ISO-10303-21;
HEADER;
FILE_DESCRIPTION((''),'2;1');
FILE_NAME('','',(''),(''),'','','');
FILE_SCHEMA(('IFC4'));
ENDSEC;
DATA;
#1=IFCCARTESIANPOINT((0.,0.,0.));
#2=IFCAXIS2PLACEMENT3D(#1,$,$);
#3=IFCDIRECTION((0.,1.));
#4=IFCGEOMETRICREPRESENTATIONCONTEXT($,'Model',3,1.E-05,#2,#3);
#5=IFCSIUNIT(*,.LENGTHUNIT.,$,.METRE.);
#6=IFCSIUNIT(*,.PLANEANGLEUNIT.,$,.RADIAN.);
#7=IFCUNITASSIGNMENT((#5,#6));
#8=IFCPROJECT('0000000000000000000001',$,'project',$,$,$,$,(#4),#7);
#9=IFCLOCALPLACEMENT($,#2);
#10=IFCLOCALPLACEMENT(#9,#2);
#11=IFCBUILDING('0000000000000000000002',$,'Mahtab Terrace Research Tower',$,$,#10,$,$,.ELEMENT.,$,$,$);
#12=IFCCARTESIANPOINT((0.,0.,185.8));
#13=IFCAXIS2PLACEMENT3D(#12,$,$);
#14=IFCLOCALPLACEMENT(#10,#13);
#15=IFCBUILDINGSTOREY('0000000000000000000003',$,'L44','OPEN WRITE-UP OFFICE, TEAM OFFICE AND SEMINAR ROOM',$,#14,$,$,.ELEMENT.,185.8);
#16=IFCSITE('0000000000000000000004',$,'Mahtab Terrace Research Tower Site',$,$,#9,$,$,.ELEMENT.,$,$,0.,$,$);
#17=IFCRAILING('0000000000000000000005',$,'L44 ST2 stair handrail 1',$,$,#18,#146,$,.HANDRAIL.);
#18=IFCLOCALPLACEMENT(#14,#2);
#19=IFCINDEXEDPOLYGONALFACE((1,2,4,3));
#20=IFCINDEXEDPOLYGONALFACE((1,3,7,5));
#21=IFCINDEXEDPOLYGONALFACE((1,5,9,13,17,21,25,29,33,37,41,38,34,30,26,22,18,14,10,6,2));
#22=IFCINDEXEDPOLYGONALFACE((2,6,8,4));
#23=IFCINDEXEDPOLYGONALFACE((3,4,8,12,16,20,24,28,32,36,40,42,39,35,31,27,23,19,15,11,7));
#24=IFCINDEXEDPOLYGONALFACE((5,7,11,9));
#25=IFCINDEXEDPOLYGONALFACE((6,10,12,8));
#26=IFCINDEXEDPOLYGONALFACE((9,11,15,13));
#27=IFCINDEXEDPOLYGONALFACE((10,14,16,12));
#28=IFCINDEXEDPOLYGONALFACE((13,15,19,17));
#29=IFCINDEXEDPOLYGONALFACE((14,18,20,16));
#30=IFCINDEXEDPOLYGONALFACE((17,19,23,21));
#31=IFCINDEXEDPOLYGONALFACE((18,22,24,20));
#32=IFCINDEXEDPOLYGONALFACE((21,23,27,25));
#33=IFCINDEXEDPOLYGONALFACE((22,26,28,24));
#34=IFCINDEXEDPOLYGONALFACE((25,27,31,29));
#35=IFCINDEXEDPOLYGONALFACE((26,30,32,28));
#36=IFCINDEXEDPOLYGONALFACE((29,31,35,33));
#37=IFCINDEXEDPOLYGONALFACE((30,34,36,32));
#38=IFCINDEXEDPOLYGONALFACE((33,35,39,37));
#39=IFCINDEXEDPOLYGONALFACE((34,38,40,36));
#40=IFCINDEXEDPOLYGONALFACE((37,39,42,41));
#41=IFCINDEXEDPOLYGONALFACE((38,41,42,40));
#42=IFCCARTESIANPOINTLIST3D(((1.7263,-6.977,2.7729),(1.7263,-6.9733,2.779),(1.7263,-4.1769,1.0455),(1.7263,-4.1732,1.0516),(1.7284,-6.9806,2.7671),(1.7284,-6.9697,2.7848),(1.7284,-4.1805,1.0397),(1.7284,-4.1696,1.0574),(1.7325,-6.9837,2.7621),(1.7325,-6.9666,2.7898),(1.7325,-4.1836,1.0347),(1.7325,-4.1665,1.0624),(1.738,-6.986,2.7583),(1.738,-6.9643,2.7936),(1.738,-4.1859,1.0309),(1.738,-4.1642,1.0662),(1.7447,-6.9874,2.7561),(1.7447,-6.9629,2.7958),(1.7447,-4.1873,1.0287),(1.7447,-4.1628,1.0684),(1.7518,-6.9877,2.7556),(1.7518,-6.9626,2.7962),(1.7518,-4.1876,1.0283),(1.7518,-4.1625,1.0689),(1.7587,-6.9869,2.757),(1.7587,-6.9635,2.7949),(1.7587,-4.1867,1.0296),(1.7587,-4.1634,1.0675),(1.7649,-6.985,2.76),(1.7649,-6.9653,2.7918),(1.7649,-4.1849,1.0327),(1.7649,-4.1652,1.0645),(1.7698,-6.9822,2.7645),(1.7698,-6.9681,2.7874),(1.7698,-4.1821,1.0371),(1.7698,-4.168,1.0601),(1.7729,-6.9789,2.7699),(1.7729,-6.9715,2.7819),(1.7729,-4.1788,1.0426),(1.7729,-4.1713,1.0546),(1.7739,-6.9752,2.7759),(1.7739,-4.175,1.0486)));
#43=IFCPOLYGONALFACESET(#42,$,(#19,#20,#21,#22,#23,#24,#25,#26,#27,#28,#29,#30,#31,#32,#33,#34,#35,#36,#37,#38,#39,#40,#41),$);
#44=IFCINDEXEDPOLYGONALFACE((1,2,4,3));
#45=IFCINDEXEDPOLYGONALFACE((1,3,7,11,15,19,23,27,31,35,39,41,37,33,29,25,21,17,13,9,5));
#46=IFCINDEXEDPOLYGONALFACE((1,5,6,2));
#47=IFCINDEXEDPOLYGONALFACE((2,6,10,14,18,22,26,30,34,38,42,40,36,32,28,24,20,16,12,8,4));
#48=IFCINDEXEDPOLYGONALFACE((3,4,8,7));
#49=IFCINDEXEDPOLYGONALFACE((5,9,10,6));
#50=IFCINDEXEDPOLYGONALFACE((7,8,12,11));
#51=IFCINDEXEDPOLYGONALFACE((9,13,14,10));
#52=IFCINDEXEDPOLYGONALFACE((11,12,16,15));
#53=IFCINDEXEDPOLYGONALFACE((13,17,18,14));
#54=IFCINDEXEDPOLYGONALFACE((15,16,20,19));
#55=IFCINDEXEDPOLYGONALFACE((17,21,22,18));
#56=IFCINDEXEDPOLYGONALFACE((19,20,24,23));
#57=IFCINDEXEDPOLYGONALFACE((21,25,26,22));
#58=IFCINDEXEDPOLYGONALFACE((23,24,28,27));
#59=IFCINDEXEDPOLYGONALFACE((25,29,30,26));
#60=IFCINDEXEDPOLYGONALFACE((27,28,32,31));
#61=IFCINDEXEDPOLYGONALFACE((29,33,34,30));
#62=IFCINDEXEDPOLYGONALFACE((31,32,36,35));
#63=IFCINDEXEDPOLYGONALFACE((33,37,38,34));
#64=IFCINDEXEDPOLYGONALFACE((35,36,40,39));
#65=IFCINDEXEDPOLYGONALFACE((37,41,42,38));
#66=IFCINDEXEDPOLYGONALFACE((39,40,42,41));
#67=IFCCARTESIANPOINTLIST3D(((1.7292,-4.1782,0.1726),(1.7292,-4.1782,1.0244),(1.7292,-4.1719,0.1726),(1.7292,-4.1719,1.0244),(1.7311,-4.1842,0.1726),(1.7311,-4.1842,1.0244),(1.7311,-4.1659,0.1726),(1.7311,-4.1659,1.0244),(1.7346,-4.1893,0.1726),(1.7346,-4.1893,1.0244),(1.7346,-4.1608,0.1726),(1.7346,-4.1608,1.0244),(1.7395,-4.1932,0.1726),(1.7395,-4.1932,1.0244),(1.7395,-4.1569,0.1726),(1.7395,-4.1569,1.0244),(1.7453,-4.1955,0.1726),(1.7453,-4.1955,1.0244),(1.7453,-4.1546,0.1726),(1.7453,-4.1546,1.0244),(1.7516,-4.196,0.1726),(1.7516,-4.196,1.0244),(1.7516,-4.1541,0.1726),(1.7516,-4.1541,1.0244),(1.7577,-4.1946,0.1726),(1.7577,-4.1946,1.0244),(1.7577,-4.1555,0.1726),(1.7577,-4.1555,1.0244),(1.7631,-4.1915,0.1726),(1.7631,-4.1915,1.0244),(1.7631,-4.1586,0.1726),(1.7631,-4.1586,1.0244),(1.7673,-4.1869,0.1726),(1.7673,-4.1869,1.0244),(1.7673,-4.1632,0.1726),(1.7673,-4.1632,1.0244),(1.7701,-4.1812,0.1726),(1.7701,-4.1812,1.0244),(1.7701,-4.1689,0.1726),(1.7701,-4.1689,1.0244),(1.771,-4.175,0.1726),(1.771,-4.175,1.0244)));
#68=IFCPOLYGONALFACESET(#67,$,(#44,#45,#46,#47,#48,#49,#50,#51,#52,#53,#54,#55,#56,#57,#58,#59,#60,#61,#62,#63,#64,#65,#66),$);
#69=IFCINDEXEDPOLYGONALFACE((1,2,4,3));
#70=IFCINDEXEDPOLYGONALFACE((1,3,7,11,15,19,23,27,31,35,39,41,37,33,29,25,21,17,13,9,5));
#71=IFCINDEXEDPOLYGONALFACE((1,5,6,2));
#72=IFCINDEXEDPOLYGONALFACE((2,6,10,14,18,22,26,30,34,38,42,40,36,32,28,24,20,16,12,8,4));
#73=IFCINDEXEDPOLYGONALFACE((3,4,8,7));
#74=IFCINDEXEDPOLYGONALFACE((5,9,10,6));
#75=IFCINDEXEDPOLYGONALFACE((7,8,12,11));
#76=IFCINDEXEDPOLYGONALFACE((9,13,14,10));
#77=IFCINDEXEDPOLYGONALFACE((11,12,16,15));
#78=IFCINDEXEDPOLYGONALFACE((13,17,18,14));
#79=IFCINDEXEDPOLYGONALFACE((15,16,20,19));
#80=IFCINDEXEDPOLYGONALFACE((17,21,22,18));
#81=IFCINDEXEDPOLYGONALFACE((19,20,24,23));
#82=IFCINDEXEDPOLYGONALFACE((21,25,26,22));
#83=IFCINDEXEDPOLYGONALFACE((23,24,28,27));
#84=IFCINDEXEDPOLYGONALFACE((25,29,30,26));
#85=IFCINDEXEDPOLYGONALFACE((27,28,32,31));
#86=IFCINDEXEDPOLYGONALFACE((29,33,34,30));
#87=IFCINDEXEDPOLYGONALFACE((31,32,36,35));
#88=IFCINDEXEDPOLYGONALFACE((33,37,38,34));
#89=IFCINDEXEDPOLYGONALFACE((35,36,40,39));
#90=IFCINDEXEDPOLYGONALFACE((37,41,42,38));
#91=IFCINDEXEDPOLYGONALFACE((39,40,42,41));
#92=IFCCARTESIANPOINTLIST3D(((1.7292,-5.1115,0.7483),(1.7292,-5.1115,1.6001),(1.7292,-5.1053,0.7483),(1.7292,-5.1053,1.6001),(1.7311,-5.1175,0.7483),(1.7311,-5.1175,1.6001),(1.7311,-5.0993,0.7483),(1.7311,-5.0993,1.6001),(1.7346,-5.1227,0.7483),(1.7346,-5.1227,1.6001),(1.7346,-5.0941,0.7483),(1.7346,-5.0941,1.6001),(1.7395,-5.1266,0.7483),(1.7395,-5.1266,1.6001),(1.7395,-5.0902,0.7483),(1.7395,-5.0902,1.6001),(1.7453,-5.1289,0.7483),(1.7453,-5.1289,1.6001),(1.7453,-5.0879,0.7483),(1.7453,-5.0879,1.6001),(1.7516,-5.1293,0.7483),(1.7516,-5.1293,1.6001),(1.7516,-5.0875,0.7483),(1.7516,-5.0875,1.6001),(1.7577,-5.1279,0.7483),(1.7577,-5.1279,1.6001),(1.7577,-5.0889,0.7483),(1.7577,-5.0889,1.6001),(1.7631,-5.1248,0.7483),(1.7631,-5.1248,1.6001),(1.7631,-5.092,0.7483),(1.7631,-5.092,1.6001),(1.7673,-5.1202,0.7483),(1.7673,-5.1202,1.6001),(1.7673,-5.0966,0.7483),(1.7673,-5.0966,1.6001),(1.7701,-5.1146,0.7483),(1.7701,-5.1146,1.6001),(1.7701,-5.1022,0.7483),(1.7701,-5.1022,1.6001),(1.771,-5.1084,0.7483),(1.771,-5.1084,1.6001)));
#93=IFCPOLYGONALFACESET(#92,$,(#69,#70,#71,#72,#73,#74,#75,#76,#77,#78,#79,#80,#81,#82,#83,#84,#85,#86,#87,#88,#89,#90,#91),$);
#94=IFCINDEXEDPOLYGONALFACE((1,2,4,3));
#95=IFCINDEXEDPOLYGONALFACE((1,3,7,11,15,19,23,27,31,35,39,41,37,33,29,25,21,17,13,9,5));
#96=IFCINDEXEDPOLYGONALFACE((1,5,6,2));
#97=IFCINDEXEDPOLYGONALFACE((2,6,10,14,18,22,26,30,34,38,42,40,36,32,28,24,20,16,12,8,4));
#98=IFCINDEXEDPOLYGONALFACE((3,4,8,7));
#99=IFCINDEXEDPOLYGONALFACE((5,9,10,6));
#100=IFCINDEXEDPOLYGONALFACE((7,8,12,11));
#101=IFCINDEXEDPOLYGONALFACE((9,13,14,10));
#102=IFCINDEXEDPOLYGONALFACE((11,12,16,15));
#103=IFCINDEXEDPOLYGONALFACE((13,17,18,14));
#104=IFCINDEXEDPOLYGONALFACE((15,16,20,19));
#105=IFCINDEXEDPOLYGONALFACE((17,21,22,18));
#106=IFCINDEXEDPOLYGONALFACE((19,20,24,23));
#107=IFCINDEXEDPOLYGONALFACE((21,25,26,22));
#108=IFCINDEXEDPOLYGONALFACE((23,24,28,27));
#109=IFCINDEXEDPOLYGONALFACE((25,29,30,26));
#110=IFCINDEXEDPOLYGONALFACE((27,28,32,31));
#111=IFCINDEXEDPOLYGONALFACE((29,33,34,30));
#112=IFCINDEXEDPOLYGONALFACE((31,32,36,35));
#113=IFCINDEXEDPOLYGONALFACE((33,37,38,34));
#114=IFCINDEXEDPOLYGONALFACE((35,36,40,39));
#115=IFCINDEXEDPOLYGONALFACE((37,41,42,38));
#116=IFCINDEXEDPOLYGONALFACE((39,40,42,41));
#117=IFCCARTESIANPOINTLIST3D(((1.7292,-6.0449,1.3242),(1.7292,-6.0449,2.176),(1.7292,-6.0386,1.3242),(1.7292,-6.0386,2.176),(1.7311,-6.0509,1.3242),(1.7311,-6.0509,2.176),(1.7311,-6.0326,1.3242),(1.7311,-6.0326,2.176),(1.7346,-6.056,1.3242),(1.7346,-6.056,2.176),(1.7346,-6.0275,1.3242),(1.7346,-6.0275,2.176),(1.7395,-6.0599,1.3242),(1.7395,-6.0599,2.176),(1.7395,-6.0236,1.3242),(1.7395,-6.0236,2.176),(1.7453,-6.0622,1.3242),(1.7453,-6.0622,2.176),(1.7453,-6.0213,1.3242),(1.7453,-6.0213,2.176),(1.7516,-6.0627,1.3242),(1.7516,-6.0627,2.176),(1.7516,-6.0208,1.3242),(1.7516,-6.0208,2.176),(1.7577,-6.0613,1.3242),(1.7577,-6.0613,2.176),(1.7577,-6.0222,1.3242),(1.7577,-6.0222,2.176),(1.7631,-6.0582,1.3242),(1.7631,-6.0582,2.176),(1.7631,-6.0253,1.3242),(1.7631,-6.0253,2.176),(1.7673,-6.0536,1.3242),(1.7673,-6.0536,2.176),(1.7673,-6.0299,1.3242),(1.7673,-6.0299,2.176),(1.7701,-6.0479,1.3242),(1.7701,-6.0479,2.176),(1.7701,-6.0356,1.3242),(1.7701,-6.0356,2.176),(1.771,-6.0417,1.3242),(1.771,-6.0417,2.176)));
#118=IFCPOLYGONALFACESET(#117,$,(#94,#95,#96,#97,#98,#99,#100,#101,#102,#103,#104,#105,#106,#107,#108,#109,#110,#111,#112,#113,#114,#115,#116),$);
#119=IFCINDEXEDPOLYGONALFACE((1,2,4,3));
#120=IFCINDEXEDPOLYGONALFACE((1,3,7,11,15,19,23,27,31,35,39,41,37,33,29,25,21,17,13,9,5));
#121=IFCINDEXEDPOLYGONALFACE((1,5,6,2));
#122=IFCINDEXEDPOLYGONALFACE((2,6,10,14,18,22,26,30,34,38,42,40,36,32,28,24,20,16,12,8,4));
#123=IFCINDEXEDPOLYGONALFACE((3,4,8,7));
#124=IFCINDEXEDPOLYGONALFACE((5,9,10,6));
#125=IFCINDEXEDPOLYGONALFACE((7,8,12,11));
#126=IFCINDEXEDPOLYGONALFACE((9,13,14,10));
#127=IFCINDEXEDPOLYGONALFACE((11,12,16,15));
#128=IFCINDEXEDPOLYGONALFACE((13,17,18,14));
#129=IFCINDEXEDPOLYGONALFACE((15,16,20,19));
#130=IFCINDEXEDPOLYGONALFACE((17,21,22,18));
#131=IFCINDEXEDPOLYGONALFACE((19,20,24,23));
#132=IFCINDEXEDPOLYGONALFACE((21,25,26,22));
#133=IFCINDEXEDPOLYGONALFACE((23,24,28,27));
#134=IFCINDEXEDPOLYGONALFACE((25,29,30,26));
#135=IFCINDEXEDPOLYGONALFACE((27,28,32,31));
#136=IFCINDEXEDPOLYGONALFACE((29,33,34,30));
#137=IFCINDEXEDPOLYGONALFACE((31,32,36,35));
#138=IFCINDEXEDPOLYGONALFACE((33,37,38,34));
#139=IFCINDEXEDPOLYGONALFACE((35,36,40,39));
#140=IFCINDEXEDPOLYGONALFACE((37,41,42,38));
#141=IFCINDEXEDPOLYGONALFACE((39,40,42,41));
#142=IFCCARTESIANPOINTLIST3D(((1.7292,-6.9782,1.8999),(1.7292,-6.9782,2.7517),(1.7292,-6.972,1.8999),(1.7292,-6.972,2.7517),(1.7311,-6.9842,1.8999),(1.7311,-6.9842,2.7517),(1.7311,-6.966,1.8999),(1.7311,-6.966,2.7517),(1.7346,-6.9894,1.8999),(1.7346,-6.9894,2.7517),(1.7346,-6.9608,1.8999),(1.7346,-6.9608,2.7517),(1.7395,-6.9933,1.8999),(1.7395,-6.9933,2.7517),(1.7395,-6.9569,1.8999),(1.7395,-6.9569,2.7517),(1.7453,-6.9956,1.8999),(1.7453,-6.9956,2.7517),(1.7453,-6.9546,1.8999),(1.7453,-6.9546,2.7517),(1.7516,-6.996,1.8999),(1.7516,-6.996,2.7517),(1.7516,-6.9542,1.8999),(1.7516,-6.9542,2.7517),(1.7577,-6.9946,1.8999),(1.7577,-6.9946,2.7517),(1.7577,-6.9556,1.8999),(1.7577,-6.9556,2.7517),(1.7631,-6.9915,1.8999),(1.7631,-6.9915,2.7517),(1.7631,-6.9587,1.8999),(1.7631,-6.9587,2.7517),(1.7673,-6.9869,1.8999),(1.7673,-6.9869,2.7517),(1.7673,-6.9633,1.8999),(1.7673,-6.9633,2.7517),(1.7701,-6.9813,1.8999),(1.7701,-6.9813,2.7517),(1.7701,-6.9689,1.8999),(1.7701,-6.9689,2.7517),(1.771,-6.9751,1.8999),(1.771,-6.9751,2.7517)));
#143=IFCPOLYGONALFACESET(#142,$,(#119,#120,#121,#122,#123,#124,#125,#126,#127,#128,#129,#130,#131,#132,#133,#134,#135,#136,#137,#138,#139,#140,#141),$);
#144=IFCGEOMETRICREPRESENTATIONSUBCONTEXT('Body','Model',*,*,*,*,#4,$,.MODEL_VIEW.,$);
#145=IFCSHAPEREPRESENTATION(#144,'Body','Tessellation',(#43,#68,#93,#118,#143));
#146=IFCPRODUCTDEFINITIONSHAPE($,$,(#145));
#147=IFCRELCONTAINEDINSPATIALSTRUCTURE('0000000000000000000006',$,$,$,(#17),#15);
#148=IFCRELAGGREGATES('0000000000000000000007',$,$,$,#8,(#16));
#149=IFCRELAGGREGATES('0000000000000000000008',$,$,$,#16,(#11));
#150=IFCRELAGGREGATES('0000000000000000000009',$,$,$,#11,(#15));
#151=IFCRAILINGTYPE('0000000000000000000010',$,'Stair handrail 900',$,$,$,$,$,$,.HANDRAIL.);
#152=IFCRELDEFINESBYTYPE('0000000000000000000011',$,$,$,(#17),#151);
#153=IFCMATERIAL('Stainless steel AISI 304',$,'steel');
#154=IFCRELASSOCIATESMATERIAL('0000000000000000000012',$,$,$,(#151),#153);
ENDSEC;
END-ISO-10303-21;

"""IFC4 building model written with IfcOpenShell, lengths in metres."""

from ifc_helpers import new_model, si_unit, direction, frame, origin, origin_2d, place, context, subcontext, project, spatial, circle, extrude, material, type_object, element, save


model = new_model("IFC4")

# Units and contexts
model_context = context("Model", 3, precision=1e-05, world=origin(), true_north=direction((0.0, 1.0)))
body_context = subcontext(model_context, "Body", "Model", "MODEL_VIEW")
ifc_project = project(units=[si_unit("LENGTHUNIT", "METRE"), si_unit("PLANEANGLEUNIT", "RADIAN")], contexts=[model_context])

# Site, building, storey
site_placement = place(None, origin())
site = spatial("IfcSite", under=ifc_project, at=site_placement, Name="Mahtab Terrace Research Tower Site", CompositionType="ELEMENT", RefElevation=0.0)
building_placement = place(site_placement, origin())
building = spatial("IfcBuilding", under=site, at=building_placement, Name="Mahtab Terrace Research Tower", CompositionType="ELEMENT")
storey_placement = place(building_placement, frame((0.0, 0.0, 185.8)))
storey = spatial("IfcBuildingStorey", under=building, at=storey_placement, Name="L44", Description="OPEN WRITE-UP OFFICE, TEAM OFFICE AND SEMINAR ROOM", CompositionType="ELEMENT", Elevation=185.8)

# Railing
ifc_material_1 = material(Name="Stainless steel AISI 304", Category="steel")
railing_type_1 = type_object("IfcRailingType", Name="Stair handrail 900", PredefinedType="HANDRAIL", material=ifc_material_1)
railing_1_placement = place(storey_placement, frame((1.75, -4.175, 0.1726)))
element("IfcRailing", 1, at=railing_1_placement, inside=storey, type_object=railing_type_1, Name="L44 ST2 stair handrail 1", PredefinedType="HANDRAIL", context=body_context, shape_type="SweptSolid", body=[
    extrude(circle(Radius=0.0239, at=origin_2d()), frame((0.0, 0.0, 0.876), z_axis=(0.0, -0.85109, 0.52502), x_axis=(1.0, 0.0, 0.0)), (0.0, 0.0, 1.0), 3.29),
    extrude(circle(Radius=0.021, at=origin_2d()), origin(), (0.0, 0.0, 1.0), 0.8518),
    extrude(circle(Radius=0.021, at=origin_2d()), frame((0.0, -0.9333, 0.5757)), (0.0, 0.0, 1.0), 0.8518),
    extrude(circle(Radius=0.021, at=origin_2d()), frame((0.0, -1.8667, 1.1516)), (0.0, 0.0, 1.0), 0.8518),
    extrude(circle(Radius=0.021, at=origin_2d()), frame((0.0, -2.8, 1.7273)), (0.0, 0.0, 1.0), 0.8518),
])

save(model, "model.ifc")
